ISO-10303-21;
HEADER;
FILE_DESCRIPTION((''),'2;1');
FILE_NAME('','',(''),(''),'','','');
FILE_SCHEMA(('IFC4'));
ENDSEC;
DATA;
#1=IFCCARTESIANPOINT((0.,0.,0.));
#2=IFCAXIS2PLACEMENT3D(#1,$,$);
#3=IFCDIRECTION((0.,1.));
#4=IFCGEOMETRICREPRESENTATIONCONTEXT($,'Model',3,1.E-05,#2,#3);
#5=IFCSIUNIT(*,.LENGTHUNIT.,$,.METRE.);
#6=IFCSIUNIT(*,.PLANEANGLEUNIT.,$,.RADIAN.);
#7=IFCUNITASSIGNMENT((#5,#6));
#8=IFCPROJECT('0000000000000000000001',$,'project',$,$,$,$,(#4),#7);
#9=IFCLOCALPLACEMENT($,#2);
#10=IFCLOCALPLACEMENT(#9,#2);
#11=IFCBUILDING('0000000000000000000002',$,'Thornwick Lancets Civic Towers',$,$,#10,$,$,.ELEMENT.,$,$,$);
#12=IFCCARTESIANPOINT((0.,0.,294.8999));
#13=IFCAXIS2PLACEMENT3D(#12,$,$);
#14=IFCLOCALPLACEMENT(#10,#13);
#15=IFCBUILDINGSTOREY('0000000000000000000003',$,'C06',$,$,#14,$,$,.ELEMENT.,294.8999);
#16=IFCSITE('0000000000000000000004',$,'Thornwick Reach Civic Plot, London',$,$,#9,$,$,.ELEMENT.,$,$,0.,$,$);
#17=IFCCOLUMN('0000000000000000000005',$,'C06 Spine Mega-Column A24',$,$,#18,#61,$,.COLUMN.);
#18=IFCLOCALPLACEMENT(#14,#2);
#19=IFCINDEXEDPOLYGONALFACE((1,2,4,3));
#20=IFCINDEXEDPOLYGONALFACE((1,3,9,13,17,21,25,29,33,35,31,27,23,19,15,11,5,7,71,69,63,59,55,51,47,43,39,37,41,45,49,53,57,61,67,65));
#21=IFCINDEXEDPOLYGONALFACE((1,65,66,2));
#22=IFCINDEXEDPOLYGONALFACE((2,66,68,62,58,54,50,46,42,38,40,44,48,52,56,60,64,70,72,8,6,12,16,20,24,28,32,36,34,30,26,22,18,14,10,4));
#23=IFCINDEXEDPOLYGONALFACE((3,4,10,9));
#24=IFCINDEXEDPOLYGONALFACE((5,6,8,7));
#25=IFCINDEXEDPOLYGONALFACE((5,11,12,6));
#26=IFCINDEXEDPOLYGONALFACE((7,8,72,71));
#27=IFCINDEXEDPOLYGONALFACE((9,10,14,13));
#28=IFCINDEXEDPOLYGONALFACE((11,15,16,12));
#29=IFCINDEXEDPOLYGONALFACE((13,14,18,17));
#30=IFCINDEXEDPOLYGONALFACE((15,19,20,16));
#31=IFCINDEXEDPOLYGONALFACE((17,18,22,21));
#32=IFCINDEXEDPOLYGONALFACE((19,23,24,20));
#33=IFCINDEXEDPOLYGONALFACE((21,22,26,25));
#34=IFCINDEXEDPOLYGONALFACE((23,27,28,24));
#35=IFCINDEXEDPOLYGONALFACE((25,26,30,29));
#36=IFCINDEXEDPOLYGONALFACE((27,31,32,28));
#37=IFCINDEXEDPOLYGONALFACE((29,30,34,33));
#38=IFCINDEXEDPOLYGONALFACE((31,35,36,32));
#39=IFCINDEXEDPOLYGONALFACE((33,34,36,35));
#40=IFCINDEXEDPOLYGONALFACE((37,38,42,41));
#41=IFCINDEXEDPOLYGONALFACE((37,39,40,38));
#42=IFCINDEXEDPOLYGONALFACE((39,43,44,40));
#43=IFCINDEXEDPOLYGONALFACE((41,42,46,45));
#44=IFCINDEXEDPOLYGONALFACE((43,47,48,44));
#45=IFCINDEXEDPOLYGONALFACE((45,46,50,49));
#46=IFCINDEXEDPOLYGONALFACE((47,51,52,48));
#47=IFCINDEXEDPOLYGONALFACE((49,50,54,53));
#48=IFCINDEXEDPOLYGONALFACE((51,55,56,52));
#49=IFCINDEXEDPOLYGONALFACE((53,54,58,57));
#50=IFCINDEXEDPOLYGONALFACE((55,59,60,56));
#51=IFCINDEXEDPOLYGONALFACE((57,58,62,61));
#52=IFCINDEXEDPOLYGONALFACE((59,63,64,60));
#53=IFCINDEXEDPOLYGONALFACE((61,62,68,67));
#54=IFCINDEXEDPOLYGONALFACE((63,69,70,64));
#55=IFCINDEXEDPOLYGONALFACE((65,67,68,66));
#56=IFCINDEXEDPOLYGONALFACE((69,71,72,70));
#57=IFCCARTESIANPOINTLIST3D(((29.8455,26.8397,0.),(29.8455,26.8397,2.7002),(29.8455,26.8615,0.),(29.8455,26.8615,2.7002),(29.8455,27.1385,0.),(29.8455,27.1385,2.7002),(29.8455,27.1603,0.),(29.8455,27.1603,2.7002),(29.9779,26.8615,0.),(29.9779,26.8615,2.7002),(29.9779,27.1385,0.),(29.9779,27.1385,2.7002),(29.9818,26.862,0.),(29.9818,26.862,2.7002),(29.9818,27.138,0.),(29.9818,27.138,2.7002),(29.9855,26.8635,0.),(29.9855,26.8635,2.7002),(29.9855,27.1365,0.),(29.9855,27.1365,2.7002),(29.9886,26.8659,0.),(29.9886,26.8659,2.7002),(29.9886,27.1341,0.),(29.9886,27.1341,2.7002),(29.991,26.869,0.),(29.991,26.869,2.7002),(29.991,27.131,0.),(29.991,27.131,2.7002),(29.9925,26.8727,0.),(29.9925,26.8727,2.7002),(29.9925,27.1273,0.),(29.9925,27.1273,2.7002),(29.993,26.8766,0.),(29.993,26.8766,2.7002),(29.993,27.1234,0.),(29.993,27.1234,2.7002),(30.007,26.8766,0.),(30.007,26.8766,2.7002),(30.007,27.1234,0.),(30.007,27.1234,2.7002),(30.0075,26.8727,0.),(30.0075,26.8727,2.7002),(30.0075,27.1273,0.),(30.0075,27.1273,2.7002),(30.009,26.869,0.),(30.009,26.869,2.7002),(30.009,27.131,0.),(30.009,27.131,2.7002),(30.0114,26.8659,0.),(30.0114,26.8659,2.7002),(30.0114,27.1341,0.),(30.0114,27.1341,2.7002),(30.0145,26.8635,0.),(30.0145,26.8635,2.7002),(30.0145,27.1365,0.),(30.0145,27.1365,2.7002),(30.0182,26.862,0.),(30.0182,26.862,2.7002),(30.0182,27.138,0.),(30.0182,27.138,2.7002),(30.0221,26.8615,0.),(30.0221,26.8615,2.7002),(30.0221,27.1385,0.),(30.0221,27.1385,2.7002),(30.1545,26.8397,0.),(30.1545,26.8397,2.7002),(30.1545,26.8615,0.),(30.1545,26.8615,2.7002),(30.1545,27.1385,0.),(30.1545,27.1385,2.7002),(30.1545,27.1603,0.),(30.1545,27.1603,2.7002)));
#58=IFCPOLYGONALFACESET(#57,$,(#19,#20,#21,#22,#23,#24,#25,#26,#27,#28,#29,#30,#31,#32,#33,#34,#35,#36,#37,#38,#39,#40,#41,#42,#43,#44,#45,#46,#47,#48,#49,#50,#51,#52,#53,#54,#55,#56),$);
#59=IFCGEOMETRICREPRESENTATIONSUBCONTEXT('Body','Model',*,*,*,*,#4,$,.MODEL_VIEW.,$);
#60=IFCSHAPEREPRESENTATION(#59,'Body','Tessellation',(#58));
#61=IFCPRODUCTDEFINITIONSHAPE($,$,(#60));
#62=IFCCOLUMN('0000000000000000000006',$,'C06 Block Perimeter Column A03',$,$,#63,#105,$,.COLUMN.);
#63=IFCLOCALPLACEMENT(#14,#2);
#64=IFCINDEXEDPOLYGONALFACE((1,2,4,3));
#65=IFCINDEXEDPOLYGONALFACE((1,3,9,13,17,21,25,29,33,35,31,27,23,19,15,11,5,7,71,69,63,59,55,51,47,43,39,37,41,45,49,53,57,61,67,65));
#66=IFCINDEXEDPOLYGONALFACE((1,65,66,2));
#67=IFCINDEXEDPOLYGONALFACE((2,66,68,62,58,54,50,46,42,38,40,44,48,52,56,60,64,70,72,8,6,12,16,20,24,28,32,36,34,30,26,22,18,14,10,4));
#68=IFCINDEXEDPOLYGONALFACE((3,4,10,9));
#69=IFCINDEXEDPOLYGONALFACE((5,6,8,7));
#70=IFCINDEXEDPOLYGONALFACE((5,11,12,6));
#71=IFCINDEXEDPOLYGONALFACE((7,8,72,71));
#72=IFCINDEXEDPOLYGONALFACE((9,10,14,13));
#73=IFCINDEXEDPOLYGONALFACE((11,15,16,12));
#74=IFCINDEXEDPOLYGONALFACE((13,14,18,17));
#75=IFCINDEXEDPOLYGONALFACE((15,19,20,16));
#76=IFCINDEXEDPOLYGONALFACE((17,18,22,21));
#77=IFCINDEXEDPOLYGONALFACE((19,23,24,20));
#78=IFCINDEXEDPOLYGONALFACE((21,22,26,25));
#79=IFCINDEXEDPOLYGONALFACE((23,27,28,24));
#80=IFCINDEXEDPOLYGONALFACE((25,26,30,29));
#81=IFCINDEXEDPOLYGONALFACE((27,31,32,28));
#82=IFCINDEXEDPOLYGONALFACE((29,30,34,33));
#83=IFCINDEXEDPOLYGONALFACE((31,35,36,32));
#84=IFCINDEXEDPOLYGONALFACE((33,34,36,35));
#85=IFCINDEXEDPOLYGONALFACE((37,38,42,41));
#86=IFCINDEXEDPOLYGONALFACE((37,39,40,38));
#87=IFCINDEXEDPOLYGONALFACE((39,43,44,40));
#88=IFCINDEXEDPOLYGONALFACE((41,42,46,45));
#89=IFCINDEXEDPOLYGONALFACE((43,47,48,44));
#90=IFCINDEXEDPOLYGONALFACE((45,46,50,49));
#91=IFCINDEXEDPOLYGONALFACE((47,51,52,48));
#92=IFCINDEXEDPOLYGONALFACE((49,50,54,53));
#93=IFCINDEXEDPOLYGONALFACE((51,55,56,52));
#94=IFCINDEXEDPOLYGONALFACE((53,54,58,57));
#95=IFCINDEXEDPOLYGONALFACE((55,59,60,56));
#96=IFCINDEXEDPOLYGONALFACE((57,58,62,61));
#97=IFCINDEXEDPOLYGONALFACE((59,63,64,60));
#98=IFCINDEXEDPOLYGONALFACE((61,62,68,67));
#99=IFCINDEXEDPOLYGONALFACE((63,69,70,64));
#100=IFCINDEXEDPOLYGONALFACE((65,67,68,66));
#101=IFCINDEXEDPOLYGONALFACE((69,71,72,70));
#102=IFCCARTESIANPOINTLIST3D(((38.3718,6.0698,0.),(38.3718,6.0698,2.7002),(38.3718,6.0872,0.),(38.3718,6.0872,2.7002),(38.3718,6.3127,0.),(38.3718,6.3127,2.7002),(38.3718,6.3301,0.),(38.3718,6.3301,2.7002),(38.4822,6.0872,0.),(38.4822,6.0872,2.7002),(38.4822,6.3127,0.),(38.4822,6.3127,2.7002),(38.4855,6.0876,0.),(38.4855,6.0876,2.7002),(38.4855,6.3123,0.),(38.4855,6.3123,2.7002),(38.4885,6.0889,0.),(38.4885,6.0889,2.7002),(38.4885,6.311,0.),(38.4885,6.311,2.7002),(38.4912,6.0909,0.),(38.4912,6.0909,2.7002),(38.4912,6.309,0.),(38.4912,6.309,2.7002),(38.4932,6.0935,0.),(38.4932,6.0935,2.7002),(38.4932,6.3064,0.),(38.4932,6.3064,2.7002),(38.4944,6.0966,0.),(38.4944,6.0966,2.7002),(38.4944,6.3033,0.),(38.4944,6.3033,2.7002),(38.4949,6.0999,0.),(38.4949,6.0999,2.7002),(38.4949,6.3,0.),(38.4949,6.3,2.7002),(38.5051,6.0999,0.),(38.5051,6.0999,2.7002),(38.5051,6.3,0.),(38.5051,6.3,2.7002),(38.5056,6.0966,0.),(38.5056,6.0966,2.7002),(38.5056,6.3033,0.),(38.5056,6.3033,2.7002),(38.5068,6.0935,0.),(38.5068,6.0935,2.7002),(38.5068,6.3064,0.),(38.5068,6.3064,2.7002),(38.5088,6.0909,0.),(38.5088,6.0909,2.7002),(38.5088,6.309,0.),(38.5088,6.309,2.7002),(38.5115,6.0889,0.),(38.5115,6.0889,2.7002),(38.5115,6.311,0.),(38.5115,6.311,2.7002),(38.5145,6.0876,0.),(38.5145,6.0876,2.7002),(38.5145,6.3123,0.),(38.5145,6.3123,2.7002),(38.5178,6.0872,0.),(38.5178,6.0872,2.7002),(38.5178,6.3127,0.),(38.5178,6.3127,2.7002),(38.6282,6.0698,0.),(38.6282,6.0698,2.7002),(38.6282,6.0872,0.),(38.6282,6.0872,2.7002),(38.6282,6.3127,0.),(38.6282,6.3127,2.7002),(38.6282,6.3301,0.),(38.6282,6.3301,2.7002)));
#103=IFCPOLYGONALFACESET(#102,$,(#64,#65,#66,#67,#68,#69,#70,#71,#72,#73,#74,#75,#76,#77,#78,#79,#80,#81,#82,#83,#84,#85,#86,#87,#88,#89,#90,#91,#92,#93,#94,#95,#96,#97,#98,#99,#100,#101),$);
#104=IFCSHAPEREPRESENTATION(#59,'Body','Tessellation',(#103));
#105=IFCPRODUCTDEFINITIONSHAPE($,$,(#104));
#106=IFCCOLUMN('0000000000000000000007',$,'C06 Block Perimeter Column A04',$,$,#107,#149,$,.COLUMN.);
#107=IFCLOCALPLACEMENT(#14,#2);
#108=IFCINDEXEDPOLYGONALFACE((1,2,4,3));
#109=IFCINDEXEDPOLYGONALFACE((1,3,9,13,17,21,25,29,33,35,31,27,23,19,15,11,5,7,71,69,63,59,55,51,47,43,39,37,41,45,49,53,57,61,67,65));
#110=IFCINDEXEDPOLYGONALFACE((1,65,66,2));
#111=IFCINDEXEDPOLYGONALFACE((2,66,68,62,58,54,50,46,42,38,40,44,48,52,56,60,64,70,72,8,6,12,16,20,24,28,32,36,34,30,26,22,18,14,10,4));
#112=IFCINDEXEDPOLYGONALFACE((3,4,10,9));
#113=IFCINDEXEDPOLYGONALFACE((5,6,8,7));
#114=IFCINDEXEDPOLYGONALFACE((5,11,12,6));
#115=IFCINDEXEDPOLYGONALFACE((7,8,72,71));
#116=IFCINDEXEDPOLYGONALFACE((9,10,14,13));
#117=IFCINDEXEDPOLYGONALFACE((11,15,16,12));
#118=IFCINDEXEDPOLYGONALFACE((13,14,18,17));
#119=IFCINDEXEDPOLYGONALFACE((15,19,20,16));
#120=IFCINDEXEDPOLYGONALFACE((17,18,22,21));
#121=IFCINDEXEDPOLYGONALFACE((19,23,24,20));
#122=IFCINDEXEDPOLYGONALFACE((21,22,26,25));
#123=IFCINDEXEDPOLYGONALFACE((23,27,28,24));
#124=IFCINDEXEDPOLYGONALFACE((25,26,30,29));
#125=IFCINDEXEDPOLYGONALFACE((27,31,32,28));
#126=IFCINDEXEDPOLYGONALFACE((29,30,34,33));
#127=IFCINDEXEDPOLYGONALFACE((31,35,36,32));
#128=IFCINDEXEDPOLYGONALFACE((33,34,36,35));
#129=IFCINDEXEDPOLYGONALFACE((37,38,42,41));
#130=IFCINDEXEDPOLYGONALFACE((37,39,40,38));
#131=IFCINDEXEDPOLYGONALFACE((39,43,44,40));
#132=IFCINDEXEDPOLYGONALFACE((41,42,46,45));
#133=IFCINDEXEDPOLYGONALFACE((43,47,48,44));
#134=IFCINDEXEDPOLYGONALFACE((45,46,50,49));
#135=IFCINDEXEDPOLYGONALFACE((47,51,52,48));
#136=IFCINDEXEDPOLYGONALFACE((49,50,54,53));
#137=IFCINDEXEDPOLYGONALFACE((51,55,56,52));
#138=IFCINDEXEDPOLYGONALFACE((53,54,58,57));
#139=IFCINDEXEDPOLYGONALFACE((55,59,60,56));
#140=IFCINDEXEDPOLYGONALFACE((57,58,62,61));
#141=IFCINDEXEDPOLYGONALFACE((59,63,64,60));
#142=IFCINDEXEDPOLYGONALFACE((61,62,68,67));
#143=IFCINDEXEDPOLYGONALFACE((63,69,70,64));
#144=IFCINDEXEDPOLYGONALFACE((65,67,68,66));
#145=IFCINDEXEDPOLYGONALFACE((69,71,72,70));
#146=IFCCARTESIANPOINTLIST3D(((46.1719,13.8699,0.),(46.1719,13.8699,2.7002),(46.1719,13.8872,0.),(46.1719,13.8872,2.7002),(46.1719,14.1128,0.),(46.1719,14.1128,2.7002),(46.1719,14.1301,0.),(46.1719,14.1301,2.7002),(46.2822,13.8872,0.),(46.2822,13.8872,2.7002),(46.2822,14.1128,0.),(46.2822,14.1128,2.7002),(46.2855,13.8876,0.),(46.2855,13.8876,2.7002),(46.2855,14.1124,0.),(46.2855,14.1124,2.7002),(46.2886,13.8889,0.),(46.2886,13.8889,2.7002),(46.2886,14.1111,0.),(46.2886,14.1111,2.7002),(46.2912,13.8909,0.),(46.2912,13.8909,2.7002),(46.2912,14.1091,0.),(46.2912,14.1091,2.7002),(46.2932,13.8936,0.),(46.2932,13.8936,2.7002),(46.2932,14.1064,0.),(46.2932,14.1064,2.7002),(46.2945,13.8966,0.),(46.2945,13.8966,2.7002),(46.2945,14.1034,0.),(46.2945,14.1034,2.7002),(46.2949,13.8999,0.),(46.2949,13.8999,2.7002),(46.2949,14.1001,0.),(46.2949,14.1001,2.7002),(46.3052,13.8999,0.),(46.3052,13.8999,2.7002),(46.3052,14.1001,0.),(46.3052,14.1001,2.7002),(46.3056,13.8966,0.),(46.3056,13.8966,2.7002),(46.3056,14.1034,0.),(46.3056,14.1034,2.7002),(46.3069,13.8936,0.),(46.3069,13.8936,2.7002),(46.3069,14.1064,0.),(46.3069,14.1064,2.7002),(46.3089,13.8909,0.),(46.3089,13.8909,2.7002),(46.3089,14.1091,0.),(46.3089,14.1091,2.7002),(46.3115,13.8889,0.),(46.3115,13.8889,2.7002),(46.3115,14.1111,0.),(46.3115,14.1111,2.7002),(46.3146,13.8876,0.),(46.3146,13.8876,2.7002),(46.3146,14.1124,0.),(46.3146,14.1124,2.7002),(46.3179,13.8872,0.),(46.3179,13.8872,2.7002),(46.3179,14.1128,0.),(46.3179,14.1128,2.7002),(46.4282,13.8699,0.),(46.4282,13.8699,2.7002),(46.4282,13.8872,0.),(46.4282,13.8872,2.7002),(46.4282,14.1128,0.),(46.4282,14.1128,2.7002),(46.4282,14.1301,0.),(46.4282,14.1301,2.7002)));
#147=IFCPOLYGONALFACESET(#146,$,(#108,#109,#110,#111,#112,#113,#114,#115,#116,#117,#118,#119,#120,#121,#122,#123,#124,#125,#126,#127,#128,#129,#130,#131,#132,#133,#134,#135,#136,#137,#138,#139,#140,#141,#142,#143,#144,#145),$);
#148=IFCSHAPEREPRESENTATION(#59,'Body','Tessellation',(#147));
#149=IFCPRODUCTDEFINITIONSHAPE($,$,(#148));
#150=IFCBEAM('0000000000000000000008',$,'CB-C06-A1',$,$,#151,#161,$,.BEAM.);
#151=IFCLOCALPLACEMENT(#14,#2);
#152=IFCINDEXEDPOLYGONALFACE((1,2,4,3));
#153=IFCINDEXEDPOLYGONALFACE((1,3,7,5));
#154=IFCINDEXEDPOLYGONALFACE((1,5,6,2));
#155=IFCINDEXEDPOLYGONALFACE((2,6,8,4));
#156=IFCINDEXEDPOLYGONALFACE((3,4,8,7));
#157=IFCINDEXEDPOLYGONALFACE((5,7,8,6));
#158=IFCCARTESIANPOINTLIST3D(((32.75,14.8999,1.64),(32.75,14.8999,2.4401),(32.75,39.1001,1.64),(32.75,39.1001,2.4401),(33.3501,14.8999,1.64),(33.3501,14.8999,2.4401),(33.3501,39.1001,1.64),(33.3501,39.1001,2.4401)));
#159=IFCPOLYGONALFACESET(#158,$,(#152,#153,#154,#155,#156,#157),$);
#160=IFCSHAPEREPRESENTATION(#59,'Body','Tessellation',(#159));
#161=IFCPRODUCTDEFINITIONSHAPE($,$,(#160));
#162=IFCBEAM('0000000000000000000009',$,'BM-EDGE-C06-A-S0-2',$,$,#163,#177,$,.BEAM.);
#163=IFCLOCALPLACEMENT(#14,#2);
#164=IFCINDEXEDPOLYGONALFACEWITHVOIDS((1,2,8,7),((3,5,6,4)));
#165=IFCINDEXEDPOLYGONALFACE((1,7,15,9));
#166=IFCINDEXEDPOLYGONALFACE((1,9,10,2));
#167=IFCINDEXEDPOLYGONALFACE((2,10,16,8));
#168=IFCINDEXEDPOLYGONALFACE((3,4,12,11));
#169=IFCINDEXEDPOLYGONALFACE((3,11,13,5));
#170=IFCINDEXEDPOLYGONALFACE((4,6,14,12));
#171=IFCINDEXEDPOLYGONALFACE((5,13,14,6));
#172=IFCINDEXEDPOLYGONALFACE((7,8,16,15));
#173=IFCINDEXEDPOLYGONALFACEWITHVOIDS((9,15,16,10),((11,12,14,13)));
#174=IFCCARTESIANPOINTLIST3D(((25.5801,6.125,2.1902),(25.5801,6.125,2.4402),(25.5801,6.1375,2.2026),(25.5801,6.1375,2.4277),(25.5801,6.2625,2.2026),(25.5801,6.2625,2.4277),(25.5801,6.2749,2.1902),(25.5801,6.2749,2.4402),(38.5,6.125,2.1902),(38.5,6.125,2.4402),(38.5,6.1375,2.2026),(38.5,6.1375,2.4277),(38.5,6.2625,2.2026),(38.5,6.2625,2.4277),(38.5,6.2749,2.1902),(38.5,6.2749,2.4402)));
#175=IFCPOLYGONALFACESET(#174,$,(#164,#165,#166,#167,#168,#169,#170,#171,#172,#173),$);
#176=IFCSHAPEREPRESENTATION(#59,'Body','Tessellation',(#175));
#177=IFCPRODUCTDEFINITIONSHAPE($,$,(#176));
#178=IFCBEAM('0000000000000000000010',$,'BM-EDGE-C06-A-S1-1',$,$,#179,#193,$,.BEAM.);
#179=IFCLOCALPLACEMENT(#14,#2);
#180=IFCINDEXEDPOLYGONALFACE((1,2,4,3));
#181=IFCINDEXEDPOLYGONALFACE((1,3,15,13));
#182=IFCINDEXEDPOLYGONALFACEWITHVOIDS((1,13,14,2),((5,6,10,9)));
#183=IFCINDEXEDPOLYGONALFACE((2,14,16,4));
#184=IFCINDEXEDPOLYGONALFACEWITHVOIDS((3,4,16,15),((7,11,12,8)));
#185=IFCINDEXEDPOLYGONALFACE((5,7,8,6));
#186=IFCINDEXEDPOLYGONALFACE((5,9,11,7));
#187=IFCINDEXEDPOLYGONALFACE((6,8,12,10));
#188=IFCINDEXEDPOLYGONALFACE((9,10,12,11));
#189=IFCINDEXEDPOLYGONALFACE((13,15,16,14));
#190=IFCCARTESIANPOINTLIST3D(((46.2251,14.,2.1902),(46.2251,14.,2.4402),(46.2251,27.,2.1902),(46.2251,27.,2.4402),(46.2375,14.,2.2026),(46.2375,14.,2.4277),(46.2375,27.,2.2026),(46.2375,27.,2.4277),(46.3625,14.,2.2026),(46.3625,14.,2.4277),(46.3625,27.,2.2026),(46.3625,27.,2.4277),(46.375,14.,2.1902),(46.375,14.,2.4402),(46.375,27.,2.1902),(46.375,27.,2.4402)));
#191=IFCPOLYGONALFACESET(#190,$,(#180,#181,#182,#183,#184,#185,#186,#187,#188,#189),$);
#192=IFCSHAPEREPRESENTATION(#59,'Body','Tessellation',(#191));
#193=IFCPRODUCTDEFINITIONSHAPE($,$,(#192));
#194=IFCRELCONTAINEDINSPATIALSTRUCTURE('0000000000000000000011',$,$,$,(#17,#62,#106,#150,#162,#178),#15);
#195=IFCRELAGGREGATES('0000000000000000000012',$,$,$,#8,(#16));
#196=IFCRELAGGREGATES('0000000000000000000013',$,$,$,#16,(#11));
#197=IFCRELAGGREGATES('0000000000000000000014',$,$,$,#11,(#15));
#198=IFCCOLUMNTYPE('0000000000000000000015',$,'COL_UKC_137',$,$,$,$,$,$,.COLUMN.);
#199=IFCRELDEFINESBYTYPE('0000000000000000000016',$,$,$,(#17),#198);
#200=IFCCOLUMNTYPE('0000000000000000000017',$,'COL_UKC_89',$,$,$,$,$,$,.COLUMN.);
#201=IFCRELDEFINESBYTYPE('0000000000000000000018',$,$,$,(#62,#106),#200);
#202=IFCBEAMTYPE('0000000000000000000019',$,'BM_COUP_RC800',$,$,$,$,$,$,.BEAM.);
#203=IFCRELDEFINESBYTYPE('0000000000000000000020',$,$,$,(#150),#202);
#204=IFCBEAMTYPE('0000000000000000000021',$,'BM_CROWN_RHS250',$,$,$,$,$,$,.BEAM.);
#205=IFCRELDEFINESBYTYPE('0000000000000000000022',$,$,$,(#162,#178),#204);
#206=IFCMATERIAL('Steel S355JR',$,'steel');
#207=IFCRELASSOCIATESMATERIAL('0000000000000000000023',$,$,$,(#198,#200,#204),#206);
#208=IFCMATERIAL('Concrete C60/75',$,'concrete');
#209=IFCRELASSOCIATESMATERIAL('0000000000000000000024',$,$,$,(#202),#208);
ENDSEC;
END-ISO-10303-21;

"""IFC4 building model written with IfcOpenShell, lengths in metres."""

from ifc_helpers import new_model, si_unit, direction, frame, origin, origin_2d, place, context, subcontext, project, spatial, rectangle, hollow_rectangle, i_section, extrude, material, material_profile, profile_set, type_object, element, save


model = new_model("IFC4")

# Units and contexts
model_context = context("Model", 3, precision=1e-05, world=origin(), true_north=direction((0.0, 1.0)))
body_context = subcontext(model_context, "Body", "Model", "MODEL_VIEW")
ifc_project = project(units=[si_unit("LENGTHUNIT", "METRE"), si_unit("PLANEANGLEUNIT", "RADIAN")], contexts=[model_context])

# Site, building, storey
site_placement = place(None, origin())
site = spatial("IfcSite", under=ifc_project, at=site_placement, Name="Thornwick Reach Civic Plot, London", CompositionType="ELEMENT", RefElevation=0.0)
building_placement = place(site_placement, origin())
building = spatial("IfcBuilding", under=site, at=building_placement, Name="Thornwick Lancets Civic Towers", CompositionType="ELEMENT")
storey_placement = place(building_placement, frame((0.0, 0.0, 294.8999)))
storey = spatial("IfcBuildingStorey", under=building, at=storey_placement, Name="C06", CompositionType="ELEMENT", Elevation=294.8999)

# Columns
ifc_material_1 = material(Name="Steel S355JR", Category="steel")
ifc_material_profile_1 = material_profile(ifc_material_1, i_section(OverallWidth=0.3091, OverallDepth=0.3206, WebThickness=0.0139, FlangeThickness=0.0217, FilletRadius=0.0151, at=origin_2d()), Name="UKC 305x305x137")
ifc_profile_set_1 = profile_set([ifc_material_profile_1], Name="Steel S355JR")
column_type_1 = type_object("IfcColumnType", Name="COL_UKC_137", PredefinedType="COLUMN", material=ifc_profile_set_1)
for number, where, z_axis, x_axis, name in (
    (1, (30.0, 27.0, 0.0), (0.0, 0.0, 1.0), (1.0, 0.0, 0.0), "C06 Spine Mega-Column A24"),
):
    element("IfcColumn", number, at=place(storey_placement, frame(where, z_axis=z_axis, x_axis=x_axis)), inside=storey, type_object=column_type_1, Name=name, PredefinedType="COLUMN", context=body_context, shape_type="SweptSolid", body=[
        extrude(i_section(OverallWidth=0.3091, OverallDepth=0.3206, WebThickness=0.0139, FlangeThickness=0.0217, FilletRadius=0.0151, at=origin_2d()), origin(), (0.0, 0.0, 1.0), 2.7002),
    ])
ifc_material_profile_2 = material_profile(ifc_material_1, i_section(OverallWidth=0.2563, OverallDepth=0.2603, WebThickness=0.0103, FlangeThickness=0.0173, FilletRadius=0.0127, at=origin_2d()), Name="UKC 254x254x89")
ifc_profile_set_2 = profile_set([ifc_material_profile_2], Name="Steel S355JR")
column_type_2 = type_object("IfcColumnType", Name="COL_UKC_89", PredefinedType="COLUMN", material=ifc_profile_set_2)
for number, where, z_axis, x_axis, name in (
    (2, (38.5, 6.2, 0.0), (0.0, 0.0, 1.0), (1.0, 0.0, 0.0), "C06 Block Perimeter Column A03"),
    (3, (46.3, 14.0, 0.0), (0.0, 0.0, 1.0), (1.0, 0.0, 0.0), "C06 Block Perimeter Column A04"),
):
    element("IfcColumn", number, at=place(storey_placement, frame(where, z_axis=z_axis, x_axis=x_axis)), inside=storey, type_object=column_type_2, Name=name, PredefinedType="COLUMN", context=body_context, shape_type="SweptSolid", body=[
        extrude(i_section(OverallWidth=0.2563, OverallDepth=0.2603, WebThickness=0.0103, FlangeThickness=0.0173, FilletRadius=0.0127, at=origin_2d()), origin(), (0.0, 0.0, 1.0), 2.7002),
    ])

# Beams
ifc_material_2 = material(Name="Concrete C60/75", Category="concrete")
ifc_material_profile_3 = material_profile(ifc_material_2, rectangle(XDim=0.6001, YDim=0.8, at=origin_2d()), Name="RC 600x800")
ifc_profile_set_3 = profile_set([ifc_material_profile_3], Name="Concrete C60/75")
beam_type_1 = type_object("IfcBeamType", Name="BM_COUP_RC800", PredefinedType="BEAM", material=ifc_profile_set_3)
beam_1_placement = place(storey_placement, frame((33.05, 14.8999, 2.04), z_axis=(0.0, 1.0, 0.0), x_axis=(-1.0, 0.0, 0.0)))
element("IfcBeam", 4, at=beam_1_placement, inside=storey, type_object=beam_type_1, Name="CB-C06-A1", PredefinedType="BEAM", context=body_context, shape_type="SweptSolid", body=[
    extrude(rectangle(XDim=0.6001, YDim=0.8, at=origin_2d()), origin(), (0.0, 0.0, 1.0), 24.2002),
])
ifc_material_profile_4 = material_profile(ifc_material_1, hollow_rectangle(XDim=0.1499, YDim=0.25, WallThickness=0.0125, at=origin_2d()), Name="RHS 250x150x12.5")
ifc_profile_set_4 = profile_set([ifc_material_profile_4], Name="Steel S355JR")
beam_type_2 = type_object("IfcBeamType", Name="BM_CROWN_RHS250", PredefinedType="BEAM", material=ifc_profile_set_4)
beam_2_placement = place(storey_placement, frame((25.5801, 6.2, 2.3152), z_axis=(1.0, 0.0, 0.0), x_axis=(0.0, 1.0, 0.0)))
element("IfcBeam", 5, at=beam_2_placement, inside=storey, type_object=beam_type_2, Name="BM-EDGE-C06-A-S0-2", PredefinedType="BEAM", context=body_context, shape_type="SweptSolid", body=[
    extrude(hollow_rectangle(XDim=0.1499, YDim=0.25, WallThickness=0.0125, at=origin_2d()), origin(), (0.0, 0.0, 1.0), 12.9199),
])
beam_3_placement = place(storey_placement, frame((46.3, 14.0, 2.3152), z_axis=(0.0, 1.0, 0.0), x_axis=(-1.0, 0.0, 0.0)))
element("IfcBeam", 6, at=beam_3_placement, inside=storey, type_object=beam_type_2, Name="BM-EDGE-C06-A-S1-1", PredefinedType="BEAM", context=body_context, shape_type="SweptSolid", body=[
    extrude(hollow_rectangle(XDim=0.1499, YDim=0.25, WallThickness=0.0125, at=origin_2d()), origin(), (0.0, 0.0, 1.0), 13.0),
])

save(model, "model.ifc")
